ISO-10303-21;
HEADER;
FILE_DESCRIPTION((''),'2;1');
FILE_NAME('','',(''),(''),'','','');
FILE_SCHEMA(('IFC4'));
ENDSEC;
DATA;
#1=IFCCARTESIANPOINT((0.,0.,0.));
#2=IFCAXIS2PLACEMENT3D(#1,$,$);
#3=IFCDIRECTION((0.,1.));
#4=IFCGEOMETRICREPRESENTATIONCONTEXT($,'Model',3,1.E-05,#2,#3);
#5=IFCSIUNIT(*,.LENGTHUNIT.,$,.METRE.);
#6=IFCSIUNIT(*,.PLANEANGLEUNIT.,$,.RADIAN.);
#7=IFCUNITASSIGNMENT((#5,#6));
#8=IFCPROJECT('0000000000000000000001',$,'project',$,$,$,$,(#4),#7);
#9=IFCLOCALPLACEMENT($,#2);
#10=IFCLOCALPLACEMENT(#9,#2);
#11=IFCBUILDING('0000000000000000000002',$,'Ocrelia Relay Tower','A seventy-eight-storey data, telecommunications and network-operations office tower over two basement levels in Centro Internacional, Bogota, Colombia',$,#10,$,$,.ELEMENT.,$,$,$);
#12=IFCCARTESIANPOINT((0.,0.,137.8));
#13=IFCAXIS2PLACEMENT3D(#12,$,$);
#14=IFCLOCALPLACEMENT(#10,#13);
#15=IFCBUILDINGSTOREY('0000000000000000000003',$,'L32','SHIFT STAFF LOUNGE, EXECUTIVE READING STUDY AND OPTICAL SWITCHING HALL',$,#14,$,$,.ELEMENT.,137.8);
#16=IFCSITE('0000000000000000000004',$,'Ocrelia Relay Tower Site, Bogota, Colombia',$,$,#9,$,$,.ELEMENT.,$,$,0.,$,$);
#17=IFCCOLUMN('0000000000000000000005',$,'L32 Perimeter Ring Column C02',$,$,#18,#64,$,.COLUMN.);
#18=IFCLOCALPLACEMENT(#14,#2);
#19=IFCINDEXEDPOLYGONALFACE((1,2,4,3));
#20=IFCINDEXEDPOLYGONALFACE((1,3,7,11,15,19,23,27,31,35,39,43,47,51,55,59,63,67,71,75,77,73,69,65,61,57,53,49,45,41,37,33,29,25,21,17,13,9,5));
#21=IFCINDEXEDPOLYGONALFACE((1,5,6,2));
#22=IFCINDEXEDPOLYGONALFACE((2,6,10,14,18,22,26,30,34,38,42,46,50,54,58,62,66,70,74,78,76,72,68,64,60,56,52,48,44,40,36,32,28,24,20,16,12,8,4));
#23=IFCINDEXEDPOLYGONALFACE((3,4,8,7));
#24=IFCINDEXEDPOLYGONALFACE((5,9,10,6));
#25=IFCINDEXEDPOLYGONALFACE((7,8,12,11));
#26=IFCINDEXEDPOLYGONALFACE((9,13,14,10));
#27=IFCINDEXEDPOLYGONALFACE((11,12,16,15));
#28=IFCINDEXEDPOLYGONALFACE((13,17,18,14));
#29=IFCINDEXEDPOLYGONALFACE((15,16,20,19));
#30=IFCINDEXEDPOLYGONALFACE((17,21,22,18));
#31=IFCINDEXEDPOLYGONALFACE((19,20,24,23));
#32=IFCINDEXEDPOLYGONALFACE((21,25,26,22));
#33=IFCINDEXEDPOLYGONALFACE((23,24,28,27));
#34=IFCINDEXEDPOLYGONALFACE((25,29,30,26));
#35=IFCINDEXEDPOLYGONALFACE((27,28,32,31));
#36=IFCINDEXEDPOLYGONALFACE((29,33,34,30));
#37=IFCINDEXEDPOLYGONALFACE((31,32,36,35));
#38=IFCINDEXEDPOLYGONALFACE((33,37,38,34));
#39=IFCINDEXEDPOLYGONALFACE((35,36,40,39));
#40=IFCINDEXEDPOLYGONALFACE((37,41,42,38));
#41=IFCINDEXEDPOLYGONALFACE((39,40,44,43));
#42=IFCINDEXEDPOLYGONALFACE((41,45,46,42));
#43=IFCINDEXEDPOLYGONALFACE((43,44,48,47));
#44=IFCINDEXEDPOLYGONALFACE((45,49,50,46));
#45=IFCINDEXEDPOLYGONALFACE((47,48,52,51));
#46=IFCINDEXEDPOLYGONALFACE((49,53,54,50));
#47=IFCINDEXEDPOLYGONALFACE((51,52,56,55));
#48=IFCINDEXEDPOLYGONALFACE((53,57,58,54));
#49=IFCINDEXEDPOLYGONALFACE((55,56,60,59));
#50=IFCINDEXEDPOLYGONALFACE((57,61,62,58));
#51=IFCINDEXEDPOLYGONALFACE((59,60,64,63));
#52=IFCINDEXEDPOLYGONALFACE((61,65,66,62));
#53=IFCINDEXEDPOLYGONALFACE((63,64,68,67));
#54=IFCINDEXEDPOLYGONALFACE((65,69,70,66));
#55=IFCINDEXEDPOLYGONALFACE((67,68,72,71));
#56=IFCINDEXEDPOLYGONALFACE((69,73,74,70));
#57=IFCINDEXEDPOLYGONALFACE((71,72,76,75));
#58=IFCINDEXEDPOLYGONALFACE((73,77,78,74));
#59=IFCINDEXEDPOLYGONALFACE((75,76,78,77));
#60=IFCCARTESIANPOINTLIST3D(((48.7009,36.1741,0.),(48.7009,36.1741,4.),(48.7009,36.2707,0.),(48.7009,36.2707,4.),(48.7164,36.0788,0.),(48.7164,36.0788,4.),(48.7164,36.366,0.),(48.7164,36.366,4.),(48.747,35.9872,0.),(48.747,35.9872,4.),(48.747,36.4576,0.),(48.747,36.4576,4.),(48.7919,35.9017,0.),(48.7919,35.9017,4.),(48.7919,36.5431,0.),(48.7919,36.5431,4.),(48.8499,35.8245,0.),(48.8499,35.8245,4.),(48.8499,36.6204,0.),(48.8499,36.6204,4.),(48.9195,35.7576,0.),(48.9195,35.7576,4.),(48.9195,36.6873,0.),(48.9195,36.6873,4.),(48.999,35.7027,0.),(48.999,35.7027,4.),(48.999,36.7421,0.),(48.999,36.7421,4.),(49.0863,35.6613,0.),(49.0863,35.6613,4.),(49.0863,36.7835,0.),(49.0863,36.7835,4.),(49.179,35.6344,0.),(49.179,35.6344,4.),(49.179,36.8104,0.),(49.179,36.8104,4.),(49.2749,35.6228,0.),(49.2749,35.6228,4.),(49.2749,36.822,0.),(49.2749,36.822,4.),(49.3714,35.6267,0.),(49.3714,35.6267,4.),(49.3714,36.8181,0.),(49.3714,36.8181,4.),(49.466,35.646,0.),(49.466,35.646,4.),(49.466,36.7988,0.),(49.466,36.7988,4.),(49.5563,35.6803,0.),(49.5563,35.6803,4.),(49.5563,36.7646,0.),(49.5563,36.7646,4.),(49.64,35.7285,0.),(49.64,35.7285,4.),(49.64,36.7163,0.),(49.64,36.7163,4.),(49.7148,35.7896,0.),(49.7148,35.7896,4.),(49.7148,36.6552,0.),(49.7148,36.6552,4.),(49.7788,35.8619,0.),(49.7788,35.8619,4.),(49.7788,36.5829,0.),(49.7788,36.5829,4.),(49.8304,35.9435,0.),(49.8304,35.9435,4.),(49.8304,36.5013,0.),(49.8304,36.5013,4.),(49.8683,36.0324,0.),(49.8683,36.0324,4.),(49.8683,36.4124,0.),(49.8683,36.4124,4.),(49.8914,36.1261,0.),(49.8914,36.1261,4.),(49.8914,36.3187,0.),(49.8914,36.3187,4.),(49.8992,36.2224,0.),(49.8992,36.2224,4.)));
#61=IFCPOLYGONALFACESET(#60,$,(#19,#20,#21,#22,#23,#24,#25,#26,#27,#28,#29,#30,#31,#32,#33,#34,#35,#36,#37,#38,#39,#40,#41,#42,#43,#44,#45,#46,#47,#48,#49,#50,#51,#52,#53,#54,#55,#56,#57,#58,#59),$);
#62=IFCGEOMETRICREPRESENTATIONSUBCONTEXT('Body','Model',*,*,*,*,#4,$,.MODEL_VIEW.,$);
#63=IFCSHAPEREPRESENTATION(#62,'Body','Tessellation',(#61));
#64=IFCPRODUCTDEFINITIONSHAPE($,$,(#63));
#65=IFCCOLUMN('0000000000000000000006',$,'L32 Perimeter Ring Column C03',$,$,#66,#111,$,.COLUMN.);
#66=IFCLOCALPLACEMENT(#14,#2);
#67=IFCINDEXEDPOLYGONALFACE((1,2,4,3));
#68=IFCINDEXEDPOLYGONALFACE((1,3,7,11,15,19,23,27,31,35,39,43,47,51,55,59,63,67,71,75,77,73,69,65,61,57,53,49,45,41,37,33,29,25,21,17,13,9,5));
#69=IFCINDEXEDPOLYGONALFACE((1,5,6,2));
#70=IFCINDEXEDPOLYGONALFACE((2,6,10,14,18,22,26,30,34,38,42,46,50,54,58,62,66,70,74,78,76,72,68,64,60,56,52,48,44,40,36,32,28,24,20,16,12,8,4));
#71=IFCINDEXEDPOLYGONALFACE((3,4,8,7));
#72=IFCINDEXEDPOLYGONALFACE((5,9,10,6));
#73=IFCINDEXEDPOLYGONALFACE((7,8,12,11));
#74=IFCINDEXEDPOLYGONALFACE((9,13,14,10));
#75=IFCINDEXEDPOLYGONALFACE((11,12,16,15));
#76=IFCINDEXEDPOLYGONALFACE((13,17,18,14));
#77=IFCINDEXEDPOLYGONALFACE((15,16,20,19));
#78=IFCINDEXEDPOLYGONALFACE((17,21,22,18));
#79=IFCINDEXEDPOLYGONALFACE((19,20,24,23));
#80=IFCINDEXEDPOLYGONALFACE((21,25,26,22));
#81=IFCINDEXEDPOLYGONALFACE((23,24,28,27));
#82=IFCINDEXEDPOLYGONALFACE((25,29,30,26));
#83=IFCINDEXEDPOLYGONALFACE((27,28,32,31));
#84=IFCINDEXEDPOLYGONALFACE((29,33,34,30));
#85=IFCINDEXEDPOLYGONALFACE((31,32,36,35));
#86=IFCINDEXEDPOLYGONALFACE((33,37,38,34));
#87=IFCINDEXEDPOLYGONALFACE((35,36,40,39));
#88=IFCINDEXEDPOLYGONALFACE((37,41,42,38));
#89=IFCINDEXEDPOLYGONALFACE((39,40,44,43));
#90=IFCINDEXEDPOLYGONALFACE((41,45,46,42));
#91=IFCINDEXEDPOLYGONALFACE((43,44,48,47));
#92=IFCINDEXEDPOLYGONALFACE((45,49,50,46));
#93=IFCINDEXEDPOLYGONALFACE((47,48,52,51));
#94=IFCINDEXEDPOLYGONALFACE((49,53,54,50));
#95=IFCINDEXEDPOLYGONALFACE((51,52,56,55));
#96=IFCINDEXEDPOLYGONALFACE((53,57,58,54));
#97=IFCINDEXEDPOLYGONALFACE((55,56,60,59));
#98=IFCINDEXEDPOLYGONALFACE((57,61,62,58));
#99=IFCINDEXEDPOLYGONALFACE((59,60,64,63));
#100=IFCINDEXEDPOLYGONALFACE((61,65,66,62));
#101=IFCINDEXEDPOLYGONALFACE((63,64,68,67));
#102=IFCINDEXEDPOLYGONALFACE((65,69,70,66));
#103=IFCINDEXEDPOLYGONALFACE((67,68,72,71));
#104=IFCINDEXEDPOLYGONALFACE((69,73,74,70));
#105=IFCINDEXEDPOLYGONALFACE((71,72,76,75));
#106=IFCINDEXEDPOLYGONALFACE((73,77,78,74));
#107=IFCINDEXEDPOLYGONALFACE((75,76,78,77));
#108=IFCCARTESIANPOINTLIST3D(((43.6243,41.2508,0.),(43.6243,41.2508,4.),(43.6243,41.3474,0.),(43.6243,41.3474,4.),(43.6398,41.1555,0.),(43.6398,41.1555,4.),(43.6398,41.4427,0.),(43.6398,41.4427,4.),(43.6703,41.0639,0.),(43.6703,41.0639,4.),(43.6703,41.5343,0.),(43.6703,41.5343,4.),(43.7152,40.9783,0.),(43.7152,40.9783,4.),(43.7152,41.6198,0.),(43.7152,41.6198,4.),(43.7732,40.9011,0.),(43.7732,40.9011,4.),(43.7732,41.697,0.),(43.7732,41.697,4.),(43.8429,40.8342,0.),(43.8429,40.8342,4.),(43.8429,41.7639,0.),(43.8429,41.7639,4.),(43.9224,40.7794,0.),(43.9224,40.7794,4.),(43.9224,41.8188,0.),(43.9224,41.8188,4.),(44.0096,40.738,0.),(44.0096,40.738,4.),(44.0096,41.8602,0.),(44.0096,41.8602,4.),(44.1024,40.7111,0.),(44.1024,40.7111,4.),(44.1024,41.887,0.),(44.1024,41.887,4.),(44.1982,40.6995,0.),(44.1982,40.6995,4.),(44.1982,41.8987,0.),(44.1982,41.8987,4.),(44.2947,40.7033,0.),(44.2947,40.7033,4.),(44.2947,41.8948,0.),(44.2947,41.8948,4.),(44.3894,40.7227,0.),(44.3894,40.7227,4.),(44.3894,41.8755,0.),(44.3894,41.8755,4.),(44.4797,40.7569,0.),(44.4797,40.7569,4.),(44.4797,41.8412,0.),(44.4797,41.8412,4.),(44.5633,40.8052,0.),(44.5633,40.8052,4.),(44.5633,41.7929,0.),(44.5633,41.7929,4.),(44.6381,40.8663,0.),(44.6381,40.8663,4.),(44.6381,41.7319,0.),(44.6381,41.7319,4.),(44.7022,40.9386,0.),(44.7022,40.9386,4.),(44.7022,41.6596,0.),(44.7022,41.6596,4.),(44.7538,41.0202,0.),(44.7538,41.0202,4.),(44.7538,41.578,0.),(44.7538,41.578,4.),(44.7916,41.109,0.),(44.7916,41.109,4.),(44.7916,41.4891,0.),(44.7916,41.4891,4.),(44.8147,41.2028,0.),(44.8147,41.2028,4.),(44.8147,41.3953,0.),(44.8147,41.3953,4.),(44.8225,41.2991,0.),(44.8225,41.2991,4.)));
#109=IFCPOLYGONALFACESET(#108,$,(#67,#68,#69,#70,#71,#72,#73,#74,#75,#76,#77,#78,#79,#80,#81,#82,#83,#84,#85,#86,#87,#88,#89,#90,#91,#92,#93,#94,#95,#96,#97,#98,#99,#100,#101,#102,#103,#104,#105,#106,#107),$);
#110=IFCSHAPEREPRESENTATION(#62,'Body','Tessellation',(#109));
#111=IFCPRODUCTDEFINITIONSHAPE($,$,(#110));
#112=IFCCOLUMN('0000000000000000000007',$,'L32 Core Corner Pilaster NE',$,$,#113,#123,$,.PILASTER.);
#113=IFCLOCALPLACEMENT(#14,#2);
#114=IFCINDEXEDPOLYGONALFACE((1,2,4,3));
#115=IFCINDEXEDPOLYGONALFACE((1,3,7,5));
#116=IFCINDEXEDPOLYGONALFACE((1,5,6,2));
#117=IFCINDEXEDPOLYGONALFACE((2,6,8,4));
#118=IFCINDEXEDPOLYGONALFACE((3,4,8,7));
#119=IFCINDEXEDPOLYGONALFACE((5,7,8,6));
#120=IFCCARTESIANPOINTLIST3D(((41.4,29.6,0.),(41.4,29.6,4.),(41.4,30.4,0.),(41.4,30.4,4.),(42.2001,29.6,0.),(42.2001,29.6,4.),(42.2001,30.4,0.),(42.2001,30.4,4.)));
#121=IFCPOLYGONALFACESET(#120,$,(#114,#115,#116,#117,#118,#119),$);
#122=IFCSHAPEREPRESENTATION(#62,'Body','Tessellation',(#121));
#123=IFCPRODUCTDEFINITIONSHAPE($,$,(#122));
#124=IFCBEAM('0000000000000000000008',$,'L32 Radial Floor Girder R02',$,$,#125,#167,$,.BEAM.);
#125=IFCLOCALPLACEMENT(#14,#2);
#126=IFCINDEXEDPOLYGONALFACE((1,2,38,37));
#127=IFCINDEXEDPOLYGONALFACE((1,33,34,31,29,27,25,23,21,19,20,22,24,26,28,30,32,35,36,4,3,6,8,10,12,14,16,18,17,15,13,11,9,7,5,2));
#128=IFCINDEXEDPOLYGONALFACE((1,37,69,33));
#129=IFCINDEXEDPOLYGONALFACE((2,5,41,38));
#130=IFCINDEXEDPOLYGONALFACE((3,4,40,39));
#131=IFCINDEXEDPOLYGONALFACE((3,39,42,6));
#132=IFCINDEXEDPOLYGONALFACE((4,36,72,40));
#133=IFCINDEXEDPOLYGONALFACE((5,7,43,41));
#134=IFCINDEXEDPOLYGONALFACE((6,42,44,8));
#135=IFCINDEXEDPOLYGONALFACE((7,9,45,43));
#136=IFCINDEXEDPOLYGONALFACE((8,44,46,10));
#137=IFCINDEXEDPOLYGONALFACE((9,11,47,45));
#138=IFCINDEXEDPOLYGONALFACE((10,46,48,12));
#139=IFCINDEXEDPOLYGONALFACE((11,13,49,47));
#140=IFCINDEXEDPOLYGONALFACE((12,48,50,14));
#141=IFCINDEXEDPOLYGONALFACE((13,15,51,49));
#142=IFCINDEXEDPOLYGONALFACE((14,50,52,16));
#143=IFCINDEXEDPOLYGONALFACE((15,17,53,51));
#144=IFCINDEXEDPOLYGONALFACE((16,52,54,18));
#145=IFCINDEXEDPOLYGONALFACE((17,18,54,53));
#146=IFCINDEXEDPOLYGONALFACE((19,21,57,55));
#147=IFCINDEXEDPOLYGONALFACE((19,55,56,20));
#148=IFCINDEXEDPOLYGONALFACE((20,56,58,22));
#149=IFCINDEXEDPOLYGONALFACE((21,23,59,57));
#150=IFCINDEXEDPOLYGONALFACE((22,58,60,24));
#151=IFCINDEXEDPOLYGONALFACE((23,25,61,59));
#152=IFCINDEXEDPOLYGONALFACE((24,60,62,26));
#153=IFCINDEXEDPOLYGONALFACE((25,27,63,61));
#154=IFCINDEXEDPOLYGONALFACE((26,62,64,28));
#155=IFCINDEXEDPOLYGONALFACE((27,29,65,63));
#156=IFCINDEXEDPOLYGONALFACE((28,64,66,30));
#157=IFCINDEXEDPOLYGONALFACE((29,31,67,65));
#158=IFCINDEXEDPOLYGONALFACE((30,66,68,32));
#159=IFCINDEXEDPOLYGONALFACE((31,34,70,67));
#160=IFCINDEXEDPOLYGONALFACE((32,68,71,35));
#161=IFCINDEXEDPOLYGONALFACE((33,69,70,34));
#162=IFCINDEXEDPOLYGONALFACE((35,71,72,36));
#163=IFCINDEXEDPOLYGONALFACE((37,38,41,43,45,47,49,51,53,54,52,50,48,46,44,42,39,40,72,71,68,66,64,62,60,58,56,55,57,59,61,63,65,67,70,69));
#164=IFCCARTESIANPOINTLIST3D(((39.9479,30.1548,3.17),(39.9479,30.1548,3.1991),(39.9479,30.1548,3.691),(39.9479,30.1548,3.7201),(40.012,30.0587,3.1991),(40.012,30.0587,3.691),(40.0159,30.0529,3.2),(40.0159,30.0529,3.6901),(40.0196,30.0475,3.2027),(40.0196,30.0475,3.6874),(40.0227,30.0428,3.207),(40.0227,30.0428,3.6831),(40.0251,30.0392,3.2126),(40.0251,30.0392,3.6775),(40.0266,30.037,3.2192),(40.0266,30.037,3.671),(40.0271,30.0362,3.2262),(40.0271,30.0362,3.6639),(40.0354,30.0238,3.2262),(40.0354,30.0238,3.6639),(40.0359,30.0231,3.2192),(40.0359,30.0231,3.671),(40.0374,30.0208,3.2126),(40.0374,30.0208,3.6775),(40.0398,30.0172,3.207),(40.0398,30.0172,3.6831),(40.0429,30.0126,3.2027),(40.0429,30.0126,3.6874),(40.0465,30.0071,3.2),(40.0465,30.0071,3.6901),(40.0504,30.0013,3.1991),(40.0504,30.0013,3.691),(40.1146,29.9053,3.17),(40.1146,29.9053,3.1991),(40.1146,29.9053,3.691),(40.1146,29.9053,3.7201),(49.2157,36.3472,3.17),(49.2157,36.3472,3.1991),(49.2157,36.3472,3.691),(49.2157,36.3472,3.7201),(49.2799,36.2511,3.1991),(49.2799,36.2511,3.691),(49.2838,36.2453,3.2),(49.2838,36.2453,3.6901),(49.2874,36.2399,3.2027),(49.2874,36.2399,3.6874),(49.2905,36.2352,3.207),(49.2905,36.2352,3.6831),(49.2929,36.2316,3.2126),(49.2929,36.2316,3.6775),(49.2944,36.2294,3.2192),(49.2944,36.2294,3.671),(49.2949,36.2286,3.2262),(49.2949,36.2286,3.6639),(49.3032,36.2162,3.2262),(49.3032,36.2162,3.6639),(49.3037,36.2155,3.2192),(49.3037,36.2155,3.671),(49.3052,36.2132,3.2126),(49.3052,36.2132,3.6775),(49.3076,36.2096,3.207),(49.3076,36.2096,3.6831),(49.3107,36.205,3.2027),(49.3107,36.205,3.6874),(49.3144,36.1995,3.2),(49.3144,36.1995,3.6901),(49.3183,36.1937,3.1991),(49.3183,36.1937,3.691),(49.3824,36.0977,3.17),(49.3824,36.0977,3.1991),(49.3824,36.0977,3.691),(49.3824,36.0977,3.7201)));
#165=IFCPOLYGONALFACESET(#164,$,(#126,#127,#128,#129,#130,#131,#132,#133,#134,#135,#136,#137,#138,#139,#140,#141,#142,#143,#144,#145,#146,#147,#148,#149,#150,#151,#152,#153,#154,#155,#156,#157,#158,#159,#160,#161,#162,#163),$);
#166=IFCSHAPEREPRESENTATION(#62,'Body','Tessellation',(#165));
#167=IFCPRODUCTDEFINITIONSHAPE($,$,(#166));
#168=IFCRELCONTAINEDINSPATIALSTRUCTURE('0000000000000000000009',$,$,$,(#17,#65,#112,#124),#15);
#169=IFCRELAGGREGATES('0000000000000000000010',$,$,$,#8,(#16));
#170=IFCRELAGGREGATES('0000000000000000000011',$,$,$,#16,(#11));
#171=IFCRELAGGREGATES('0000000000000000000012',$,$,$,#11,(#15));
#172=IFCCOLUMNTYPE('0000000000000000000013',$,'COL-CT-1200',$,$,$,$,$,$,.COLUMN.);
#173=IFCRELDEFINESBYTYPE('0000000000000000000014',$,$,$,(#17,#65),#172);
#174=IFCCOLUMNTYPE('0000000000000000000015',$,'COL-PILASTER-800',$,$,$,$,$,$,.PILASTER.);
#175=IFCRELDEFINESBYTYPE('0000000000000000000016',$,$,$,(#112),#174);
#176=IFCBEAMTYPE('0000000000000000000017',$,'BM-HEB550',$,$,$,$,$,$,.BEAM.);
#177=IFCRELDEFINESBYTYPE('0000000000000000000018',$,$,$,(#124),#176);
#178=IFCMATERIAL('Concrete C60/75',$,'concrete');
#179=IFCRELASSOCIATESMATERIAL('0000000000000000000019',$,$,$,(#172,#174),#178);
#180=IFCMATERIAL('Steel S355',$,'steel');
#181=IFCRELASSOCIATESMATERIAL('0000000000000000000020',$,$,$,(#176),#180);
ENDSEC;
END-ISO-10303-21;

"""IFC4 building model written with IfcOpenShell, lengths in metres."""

from ifc_helpers import new_model, si_unit, direction, frame, origin, origin_2d, place, context, subcontext, project, spatial, rectangle, circle, i_section, extrude, material, material_profile, profile_set, type_object, element, save


model = new_model("IFC4")

# Units and contexts
model_context = context("Model", 3, precision=1e-05, world=origin(), true_north=direction((0.0, 1.0)))
body_context = subcontext(model_context, "Body", "Model", "MODEL_VIEW")
ifc_project = project(units=[si_unit("LENGTHUNIT", "METRE"), si_unit("PLANEANGLEUNIT", "RADIAN")], contexts=[model_context])

# Site, building, storey
site_placement = place(None, origin())
site = spatial("IfcSite", under=ifc_project, at=site_placement, Name="Ocrelia Relay Tower Site, Bogota, Colombia", CompositionType="ELEMENT", RefElevation=0.0)
building_placement = place(site_placement, origin())
building = spatial("IfcBuilding", under=site, at=building_placement, Name="Ocrelia Relay Tower", Description="A seventy-eight-storey data, telecommunications and network-operations office tower over two basement levels in Centro Internacional, Bogota, Colombia", CompositionType="ELEMENT")
storey_placement = place(building_placement, frame((0.0, 0.0, 137.8)))
storey = spatial("IfcBuildingStorey", under=building, at=storey_placement, Name="L32", Description="SHIFT STAFF LOUNGE, EXECUTIVE READING STUDY AND OPTICAL SWITCHING HALL", CompositionType="ELEMENT", Elevation=137.8)

# Columns
ifc_material_1 = material(Name="Concrete C60/75", Category="concrete")
ifc_material_profile_1 = material_profile(ifc_material_1, circle(Radius=0.6001, at=origin_2d()), Name="RC-CIR-1200")
ifc_profile_set_1 = profile_set([ifc_material_profile_1], Name="Concrete C60/75")
column_type_1 = type_object("IfcColumnType", Name="COL-CT-1200", PredefinedType="COLUMN", material=ifc_profile_set_1)
for number, where, z_axis, x_axis, name in (
    (1, (49.2991, 36.2224, 0.0), (0.0, 0.0, 1.0), (1.0, 0.0, 0.0), "L32 Perimeter Ring Column C02"),
    (2, (44.2224, 41.2991, 0.0), (0.0, 0.0, 1.0), (1.0, 0.0, 0.0), "L32 Perimeter Ring Column C03"),
):
    element("IfcColumn", number, at=place(storey_placement, frame(where, z_axis=z_axis, x_axis=x_axis)), inside=storey, type_object=column_type_1, Name=name, PredefinedType="COLUMN", context=body_context, shape_type="SweptSolid", body=[
        extrude(circle(Radius=0.6001, at=origin_2d()), origin(), (0.0, 0.0, 1.0), 4.0),
    ])
ifc_material_profile_2 = material_profile(ifc_material_1, rectangle(XDim=0.8, YDim=0.8, at=origin_2d()), Name="RC-COL-800x800")
ifc_profile_set_2 = profile_set([ifc_material_profile_2], Name="Concrete C60/75")
column_type_2 = type_object("IfcColumnType", Name="COL-PILASTER-800", PredefinedType="PILASTER", material=ifc_profile_set_2)
column_placement = place(storey_placement, frame((41.8, 30.0, 0.0), z_axis=(0.0, 0.0, 1.0), x_axis=(1.0, 0.0, 0.0)))
element("IfcColumn", 3, at=column_placement, inside=storey, type_object=column_type_2, Name="L32 Core Corner Pilaster NE", PredefinedType="PILASTER", context=body_context, shape_type="SweptSolid", body=[
    extrude(rectangle(XDim=0.8, YDim=0.8, at=origin_2d()), origin(), (0.0, 0.0, 1.0), 4.0),
])

# Beam
ifc_material_2 = material(Name="Steel S355", Category="steel")
ifc_material_profile_3 = material_profile(ifc_material_2, i_section(OverallWidth=0.3, OverallDepth=0.55, WebThickness=0.0149, FlangeThickness=0.0291, FilletRadius=0.0271, at=origin_2d()), Name="HEB 550")
ifc_profile_set_3 = profile_set([ifc_material_profile_3], Name="Steel S355")
beam_type_1 = type_object("IfcBeamType", Name="BM-HEB550", PredefinedType="BEAM", material=ifc_profile_set_3)
beam_1_placement = place(storey_placement, frame((49.2991, 36.2224, 3.4451), z_axis=(-0.831477, -0.555559, 0.0), x_axis=(0.555559, -0.831477, 0.0)))
element("IfcBeam", 4, at=beam_1_placement, inside=storey, type_object=beam_type_1, Name="L32 Radial Floor Girder R02", PredefinedType="BEAM", context=body_context, shape_type="SweptSolid", body=[
    extrude(i_section(OverallWidth=0.3, OverallDepth=0.55, WebThickness=0.0149, FlangeThickness=0.0291, FilletRadius=0.0271, at=origin_2d()), origin(), (0.0, 0.0, 1.0), 11.1462),
])

save(model, "model.ifc")
